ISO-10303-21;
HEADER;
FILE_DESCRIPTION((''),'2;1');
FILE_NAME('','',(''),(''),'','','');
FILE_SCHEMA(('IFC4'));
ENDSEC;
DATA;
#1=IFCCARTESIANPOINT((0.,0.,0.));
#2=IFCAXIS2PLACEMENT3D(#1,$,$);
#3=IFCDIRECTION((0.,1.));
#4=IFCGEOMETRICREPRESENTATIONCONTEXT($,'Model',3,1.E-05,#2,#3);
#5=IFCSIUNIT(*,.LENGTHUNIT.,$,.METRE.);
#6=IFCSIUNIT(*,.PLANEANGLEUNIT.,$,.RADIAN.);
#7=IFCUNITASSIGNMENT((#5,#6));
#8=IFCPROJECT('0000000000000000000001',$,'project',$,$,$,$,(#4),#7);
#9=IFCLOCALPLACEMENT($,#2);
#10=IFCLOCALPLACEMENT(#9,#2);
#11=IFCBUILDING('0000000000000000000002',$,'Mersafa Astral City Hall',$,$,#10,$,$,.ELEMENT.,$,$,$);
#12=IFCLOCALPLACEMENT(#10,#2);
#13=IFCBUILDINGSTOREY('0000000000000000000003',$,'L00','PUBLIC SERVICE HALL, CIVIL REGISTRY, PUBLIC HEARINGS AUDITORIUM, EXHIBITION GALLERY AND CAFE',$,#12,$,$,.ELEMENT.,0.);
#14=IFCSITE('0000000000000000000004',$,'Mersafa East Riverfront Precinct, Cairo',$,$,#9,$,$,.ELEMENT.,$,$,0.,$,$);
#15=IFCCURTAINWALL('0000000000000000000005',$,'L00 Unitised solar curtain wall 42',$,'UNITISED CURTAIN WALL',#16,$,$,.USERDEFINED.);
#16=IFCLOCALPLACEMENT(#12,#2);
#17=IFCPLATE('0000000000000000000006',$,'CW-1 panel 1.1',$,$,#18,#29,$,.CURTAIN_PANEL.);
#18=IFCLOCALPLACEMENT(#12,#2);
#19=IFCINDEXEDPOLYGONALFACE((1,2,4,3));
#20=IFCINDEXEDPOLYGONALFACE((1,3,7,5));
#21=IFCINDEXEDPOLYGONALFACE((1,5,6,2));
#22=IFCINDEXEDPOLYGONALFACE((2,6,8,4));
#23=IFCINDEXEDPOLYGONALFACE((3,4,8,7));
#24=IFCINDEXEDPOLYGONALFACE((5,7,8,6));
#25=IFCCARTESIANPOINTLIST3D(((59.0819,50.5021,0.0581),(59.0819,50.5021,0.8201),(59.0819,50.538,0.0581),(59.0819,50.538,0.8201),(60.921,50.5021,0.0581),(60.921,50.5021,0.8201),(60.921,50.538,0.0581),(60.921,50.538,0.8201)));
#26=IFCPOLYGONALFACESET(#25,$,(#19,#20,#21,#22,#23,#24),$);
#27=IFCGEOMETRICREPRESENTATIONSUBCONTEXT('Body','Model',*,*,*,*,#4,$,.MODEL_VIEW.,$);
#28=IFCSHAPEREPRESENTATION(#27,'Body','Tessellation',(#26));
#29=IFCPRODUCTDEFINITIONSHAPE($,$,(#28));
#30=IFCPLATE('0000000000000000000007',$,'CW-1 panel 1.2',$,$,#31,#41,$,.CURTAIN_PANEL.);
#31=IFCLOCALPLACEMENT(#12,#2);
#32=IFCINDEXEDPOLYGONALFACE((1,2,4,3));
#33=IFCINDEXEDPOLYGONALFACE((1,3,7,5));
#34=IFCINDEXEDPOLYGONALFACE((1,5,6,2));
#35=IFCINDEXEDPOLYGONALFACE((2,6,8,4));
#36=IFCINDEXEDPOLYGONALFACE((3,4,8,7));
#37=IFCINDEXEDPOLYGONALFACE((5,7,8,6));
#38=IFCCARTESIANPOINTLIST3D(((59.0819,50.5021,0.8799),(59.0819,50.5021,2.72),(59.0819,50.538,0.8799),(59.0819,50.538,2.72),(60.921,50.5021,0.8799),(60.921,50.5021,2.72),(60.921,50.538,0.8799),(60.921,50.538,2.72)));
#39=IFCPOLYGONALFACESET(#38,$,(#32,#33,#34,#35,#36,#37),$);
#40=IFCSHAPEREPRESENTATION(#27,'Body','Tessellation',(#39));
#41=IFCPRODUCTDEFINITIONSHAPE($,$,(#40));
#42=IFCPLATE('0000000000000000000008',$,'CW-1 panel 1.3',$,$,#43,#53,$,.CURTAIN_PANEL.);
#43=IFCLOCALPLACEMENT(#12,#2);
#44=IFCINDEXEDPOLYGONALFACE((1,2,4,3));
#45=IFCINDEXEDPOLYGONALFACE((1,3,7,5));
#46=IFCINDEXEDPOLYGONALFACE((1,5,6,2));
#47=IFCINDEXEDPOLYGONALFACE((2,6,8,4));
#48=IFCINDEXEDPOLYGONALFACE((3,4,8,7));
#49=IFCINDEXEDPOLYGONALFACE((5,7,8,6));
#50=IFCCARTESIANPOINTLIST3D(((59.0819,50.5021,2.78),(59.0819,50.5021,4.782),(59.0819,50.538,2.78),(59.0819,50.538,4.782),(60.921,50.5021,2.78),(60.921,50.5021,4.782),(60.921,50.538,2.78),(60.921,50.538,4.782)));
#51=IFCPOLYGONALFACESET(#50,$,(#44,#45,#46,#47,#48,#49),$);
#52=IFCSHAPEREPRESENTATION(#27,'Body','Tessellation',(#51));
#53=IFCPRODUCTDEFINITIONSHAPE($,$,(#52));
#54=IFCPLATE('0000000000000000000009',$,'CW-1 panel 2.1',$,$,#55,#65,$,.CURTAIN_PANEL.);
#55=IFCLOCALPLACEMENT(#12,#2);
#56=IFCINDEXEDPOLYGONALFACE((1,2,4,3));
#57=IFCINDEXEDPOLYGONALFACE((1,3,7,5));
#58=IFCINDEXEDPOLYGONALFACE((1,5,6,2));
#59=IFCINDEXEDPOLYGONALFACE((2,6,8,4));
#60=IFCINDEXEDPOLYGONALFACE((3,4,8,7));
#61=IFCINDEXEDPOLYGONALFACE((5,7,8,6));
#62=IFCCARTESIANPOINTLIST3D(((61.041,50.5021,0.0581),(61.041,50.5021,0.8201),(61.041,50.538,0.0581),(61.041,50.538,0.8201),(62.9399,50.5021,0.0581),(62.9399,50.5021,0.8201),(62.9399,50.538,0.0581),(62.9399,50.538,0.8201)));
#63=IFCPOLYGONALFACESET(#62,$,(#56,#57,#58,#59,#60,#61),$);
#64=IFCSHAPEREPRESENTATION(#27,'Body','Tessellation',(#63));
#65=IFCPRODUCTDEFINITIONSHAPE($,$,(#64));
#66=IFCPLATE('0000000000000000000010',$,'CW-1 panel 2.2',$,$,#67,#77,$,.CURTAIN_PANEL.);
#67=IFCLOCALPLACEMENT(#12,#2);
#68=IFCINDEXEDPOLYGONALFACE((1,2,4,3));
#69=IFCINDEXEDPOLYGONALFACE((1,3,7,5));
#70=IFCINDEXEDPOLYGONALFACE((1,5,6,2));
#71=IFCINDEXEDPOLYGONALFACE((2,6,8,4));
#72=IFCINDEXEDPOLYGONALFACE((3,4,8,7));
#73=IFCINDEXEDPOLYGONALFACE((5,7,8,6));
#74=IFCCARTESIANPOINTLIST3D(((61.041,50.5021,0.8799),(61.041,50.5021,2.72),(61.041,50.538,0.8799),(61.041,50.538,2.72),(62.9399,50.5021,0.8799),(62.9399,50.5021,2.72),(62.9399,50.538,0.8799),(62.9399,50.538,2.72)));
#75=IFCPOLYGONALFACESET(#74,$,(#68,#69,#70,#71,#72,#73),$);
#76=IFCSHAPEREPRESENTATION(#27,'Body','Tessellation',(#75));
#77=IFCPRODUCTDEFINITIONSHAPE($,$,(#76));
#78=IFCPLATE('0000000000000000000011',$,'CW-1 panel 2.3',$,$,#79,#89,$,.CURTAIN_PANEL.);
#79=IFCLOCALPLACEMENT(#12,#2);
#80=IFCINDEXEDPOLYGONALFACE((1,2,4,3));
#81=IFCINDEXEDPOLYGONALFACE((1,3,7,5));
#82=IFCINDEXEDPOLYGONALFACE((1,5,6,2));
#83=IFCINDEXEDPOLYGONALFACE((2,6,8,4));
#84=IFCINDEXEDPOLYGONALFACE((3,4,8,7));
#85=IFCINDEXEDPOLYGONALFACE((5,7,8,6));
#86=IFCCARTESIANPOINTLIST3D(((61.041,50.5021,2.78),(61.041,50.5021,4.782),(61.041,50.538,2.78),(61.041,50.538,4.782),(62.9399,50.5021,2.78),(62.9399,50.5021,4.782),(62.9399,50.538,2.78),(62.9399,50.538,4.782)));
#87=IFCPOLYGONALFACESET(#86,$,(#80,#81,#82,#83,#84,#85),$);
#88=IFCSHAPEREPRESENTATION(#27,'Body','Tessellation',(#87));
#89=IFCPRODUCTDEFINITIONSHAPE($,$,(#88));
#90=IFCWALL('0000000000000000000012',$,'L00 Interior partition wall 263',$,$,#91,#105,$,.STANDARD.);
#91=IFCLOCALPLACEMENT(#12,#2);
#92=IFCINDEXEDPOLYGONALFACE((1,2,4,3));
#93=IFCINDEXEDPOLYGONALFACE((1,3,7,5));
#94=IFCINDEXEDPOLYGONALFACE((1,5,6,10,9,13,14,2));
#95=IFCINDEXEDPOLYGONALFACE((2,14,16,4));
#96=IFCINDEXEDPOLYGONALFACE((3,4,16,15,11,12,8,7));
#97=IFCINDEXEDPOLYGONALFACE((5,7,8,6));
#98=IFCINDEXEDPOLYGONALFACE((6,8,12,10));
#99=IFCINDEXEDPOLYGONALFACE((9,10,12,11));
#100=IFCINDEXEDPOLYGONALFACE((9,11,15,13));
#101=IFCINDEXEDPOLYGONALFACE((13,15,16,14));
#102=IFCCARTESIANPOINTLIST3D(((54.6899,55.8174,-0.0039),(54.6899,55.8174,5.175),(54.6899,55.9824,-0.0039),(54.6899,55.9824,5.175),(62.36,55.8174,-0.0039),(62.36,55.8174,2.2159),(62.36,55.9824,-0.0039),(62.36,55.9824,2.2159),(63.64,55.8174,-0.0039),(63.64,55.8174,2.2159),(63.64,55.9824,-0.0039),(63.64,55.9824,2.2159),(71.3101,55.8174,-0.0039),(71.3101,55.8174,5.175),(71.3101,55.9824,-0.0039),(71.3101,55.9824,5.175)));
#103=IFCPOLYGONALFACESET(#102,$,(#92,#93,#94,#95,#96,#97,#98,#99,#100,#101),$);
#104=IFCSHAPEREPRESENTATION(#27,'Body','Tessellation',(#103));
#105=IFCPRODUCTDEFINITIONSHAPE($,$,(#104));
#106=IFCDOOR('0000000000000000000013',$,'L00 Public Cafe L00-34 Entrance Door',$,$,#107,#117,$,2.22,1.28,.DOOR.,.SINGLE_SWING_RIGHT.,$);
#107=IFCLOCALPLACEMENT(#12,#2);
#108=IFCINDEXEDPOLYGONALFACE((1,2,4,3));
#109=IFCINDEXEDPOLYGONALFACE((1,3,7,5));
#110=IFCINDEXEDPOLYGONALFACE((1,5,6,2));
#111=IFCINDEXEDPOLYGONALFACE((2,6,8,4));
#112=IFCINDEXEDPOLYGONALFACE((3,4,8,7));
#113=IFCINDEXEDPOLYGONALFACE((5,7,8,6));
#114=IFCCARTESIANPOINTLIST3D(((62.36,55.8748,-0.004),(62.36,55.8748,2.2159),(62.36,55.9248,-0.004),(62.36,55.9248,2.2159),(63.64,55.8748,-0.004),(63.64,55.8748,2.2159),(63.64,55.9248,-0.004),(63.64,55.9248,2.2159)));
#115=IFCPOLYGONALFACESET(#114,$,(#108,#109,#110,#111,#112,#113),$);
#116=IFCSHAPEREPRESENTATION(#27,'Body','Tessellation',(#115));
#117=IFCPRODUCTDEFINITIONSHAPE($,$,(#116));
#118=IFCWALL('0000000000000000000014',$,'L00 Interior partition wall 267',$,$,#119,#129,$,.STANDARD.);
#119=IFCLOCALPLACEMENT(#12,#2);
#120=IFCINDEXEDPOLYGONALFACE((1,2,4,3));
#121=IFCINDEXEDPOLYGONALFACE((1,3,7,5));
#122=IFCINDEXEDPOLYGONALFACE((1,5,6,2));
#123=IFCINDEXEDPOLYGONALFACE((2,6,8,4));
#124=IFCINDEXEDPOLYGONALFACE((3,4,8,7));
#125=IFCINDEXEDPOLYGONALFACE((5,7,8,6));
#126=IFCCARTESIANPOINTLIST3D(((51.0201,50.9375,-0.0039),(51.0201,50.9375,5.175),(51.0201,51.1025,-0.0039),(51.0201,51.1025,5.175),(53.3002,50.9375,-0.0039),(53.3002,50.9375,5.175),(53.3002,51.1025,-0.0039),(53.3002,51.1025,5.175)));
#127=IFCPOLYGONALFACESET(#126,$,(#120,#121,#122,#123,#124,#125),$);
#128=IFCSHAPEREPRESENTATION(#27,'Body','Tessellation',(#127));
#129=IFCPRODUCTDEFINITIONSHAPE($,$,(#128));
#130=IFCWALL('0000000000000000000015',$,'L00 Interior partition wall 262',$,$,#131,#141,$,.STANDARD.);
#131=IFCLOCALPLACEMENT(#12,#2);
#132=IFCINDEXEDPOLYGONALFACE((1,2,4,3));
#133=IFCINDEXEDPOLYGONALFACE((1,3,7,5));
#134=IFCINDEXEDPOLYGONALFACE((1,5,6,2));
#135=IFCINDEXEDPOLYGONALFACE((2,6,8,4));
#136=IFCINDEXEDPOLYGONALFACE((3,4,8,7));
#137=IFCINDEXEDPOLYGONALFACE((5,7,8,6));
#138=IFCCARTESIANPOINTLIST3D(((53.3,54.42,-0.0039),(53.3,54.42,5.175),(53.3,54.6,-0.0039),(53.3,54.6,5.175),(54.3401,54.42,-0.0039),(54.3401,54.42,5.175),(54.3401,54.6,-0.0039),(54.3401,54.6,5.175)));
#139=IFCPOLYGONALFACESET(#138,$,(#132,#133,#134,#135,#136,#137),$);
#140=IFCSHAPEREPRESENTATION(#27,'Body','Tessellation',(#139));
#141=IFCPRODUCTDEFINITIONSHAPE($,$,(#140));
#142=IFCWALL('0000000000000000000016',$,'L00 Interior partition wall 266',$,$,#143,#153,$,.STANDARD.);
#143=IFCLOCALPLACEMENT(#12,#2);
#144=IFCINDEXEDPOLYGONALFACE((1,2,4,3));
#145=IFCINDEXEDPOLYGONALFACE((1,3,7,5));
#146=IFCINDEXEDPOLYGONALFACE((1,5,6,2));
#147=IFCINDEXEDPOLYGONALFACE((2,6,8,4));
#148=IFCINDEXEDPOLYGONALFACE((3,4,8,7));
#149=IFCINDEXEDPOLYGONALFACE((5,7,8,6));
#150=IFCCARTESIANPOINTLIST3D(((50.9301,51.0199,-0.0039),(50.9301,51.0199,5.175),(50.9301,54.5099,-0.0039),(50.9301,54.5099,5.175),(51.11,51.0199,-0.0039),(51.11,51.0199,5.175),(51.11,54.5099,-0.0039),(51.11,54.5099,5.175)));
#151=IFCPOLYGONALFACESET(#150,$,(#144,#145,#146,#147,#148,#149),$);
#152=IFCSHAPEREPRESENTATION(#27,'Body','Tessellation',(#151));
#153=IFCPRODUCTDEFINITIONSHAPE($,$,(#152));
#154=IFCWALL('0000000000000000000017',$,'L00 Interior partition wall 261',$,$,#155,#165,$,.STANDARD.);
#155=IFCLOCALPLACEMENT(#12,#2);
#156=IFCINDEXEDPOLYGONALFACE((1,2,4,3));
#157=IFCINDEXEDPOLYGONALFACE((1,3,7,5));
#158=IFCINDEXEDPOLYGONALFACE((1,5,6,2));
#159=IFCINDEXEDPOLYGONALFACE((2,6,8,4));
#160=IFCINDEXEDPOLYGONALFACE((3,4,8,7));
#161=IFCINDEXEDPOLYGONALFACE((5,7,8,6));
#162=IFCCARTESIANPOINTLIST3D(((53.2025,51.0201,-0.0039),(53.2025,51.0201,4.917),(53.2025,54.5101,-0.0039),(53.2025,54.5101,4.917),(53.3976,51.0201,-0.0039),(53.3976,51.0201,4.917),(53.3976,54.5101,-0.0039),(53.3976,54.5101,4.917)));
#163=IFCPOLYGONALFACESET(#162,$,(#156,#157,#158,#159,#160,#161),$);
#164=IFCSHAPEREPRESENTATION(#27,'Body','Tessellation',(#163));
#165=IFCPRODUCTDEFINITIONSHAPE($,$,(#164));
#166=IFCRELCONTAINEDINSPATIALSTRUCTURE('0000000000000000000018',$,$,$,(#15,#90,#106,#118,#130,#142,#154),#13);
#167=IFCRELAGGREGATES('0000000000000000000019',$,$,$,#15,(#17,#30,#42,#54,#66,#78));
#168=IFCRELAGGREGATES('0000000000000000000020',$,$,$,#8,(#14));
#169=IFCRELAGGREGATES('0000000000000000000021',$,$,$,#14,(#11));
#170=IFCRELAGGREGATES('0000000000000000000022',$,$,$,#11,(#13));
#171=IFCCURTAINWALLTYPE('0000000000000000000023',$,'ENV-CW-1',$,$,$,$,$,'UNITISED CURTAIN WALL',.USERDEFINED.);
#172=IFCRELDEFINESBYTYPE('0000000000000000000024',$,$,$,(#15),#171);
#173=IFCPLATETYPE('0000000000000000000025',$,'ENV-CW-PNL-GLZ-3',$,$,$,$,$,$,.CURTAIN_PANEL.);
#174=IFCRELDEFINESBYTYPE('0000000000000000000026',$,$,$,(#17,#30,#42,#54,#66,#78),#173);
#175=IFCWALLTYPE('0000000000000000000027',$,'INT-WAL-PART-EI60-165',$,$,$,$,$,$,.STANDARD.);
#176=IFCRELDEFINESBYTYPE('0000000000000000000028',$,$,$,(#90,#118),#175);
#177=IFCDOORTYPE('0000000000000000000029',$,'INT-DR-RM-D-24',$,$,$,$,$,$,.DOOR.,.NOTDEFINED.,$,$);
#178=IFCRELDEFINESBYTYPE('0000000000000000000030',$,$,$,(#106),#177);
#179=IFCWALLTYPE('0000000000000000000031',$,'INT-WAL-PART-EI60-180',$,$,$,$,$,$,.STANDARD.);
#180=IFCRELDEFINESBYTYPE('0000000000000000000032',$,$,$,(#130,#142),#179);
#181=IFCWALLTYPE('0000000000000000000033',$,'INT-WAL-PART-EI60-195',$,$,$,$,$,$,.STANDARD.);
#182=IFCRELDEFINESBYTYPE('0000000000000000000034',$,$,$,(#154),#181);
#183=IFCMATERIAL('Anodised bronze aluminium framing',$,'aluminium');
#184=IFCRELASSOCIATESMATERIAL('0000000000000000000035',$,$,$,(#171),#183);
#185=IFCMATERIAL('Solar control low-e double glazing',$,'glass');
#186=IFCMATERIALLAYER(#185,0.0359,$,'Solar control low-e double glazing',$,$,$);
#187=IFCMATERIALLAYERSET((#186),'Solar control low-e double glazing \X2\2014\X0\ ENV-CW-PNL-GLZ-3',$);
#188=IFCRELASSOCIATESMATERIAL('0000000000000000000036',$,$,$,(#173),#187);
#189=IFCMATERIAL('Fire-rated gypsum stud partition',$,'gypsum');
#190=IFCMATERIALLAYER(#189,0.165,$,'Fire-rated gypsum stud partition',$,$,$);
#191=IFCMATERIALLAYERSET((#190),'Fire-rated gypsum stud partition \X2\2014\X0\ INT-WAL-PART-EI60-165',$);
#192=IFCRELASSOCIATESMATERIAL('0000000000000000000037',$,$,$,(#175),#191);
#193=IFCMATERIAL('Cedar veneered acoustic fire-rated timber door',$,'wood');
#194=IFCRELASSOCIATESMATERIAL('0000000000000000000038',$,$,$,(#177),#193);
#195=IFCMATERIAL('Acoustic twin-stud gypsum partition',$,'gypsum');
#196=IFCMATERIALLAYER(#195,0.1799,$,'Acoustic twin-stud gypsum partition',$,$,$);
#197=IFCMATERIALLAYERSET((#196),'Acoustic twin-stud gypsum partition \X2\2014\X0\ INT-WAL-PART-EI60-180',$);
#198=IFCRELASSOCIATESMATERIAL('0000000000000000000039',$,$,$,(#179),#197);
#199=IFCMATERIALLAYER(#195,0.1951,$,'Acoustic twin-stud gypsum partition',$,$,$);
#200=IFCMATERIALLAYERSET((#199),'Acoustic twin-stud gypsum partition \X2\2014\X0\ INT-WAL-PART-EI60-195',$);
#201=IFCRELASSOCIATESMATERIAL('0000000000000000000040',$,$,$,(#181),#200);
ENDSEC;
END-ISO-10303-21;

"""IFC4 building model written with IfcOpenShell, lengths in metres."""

from ifc_helpers import new_model, si_unit, direction, frame, frame_2d, origin, origin_2d, place, context, subcontext, project, spatial, rectangle, extrude, material, layer, layer_set, type_object, element, fill, aggregate, save


model = new_model("IFC4")

# Units and contexts
model_context = context("Model", 3, precision=1e-05, world=origin(), true_north=direction((0.0, 1.0)))
body_context = subcontext(model_context, "Body", "Model", "MODEL_VIEW")
ifc_project = project(units=[si_unit("LENGTHUNIT", "METRE"), si_unit("PLANEANGLEUNIT", "RADIAN")], contexts=[model_context])

# Site, building, storey
site_placement = place(None, origin())
site = spatial("IfcSite", under=ifc_project, at=site_placement, Name="Mersafa East Riverfront Precinct, Cairo", CompositionType="ELEMENT", RefElevation=0.0)
building_placement = place(site_placement, origin())
building = spatial("IfcBuilding", under=site, at=building_placement, Name="Mersafa Astral City Hall", CompositionType="ELEMENT")
storey_placement = place(building_placement, origin())
storey = spatial("IfcBuildingStorey", under=building, at=storey_placement, Name="L00", Description="PUBLIC SERVICE HALL, CIVIL REGISTRY, PUBLIC HEARINGS AUDITORIUM, EXHIBITION GALLERY AND CAFE", CompositionType="ELEMENT", Elevation=0.0)

# Curtain wall
ifc_material_1 = material(Name="Anodised bronze aluminium framing", Category="aluminium")
curtain_wall_type = type_object("IfcCurtainWallType", Name="ENV-CW-1", ElementType="UNITISED CURTAIN WALL", PredefinedType="USERDEFINED", material=ifc_material_1)
curtain_wall_placement = place(storey_placement, origin())
curtain_wall = element("IfcCurtainWall", 1, at=curtain_wall_placement, inside=storey, type_object=curtain_wall_type, Name="L00 Unitised solar curtain wall 42", ObjectType="UNITISED CURTAIN WALL", PredefinedType="USERDEFINED")

# Plates
ifc_material_2 = material(Name="Solar control low-e double glazing", Category="glass")
ifc_layer_1 = layer(ifc_material_2, 0.0359, Name="Solar control low-e double glazing")
ifc_layer_set_1 = layer_set([ifc_layer_1], Name="Solar control low-e double glazing — ENV-CW-PNL-GLZ-3")
plate_type = type_object("IfcPlateType", Name="ENV-CW-PNL-GLZ-3", PredefinedType="CURTAIN_PANEL", material=ifc_layer_set_1)
plate_1_placement = place(storey_placement, frame((60.0015, 50.52, 0.0581), z_axis=(0.0, 0.0, 1.0), x_axis=(1.0, 0.0, 0.0)))
plate_1 = element("IfcPlate", 2, at=plate_1_placement, type_object=plate_type, Name="CW-1 panel 1.1", PredefinedType="CURTAIN_PANEL", context=body_context, shape_type="SweptSolid", body=[
    extrude(rectangle(XDim=1.8391, YDim=0.0359, at=origin_2d()), origin(), (0.0, 0.0, 1.0), 0.762),
])
plate_2_placement = place(storey_placement, frame((60.0015, 50.52, 0.8799), z_axis=(0.0, 0.0, 1.0), x_axis=(1.0, 0.0, 0.0)))
plate_2 = element("IfcPlate", 3, at=plate_2_placement, type_object=plate_type, Name="CW-1 panel 1.2", PredefinedType="CURTAIN_PANEL", context=body_context, shape_type="SweptSolid", body=[
    extrude(rectangle(XDim=1.8391, YDim=0.0359, at=origin_2d()), origin(), (0.0, 0.0, 1.0), 1.8401),
])
plate_3_placement = place(storey_placement, frame((60.0015, 50.52, 2.78), z_axis=(0.0, 0.0, 1.0), x_axis=(1.0, 0.0, 0.0)))
plate_3 = element("IfcPlate", 4, at=plate_3_placement, type_object=plate_type, Name="CW-1 panel 1.3", PredefinedType="CURTAIN_PANEL", context=body_context, shape_type="SweptSolid", body=[
    extrude(rectangle(XDim=1.8391, YDim=0.0359, at=origin_2d()), origin(), (0.0, 0.0, 1.0), 2.002),
])
plate_4_placement = place(storey_placement, frame((61.9905, 50.52, 0.0581), z_axis=(0.0, 0.0, 1.0), x_axis=(1.0, 0.0, 0.0)))
plate_4 = element("IfcPlate", 5, at=plate_4_placement, type_object=plate_type, Name="CW-1 panel 2.1", PredefinedType="CURTAIN_PANEL", context=body_context, shape_type="SweptSolid", body=[
    extrude(rectangle(XDim=1.8989, YDim=0.0359, at=origin_2d()), origin(), (0.0, 0.0, 1.0), 0.762),
])
plate_5_placement = place(storey_placement, frame((61.9905, 50.52, 0.8799), z_axis=(0.0, 0.0, 1.0), x_axis=(1.0, 0.0, 0.0)))
plate_5 = element("IfcPlate", 6, at=plate_5_placement, type_object=plate_type, Name="CW-1 panel 2.2", PredefinedType="CURTAIN_PANEL", context=body_context, shape_type="SweptSolid", body=[
    extrude(rectangle(XDim=1.8989, YDim=0.0359, at=origin_2d()), origin(), (0.0, 0.0, 1.0), 1.8401),
])
plate_6_placement = place(storey_placement, frame((61.9905, 50.52, 2.78), z_axis=(0.0, 0.0, 1.0), x_axis=(1.0, 0.0, 0.0)))
plate_6 = element("IfcPlate", 7, at=plate_6_placement, type_object=plate_type, Name="CW-1 panel 2.3", PredefinedType="CURTAIN_PANEL", context=body_context, shape_type="SweptSolid", body=[
    extrude(rectangle(XDim=1.8989, YDim=0.0359, at=origin_2d()), origin(), (0.0, 0.0, 1.0), 2.002),
])
aggregate(curtain_wall, [plate_1, plate_2, plate_3, plate_4, plate_5, plate_6])

# Wall, opening, door
ifc_material_3 = material(Name="Fire-rated gypsum stud partition", Category="gypsum")
ifc_layer_2 = layer(ifc_material_3, 0.165, Name="Fire-rated gypsum stud partition")
ifc_layer_set_2 = layer_set([ifc_layer_2], Name="Fire-rated gypsum stud partition — INT-WAL-PART-EI60-165")
wall_type_1 = type_object("IfcWallType", Name="INT-WAL-PART-EI60-165", PredefinedType="STANDARD", material=ifc_layer_set_2)
wall_1_placement = place(storey_placement, frame((54.6899, 55.8999, -0.0039), z_axis=(0.0, 0.0, 1.0), x_axis=(1.0, 0.0, 0.0)))
wall_1 = element("IfcWall", 8, at=wall_1_placement, inside=storey, type_object=wall_type_1, Name="L00 Interior partition wall 263", PredefinedType="STANDARD", context=body_context, shape_type="SweptSolid", body=[
    extrude(rectangle(XDim=16.6201, YDim=0.165, at=frame_2d((8.3101, 0.0))), origin(), (0.0, 0.0, 1.0), 5.179),
])
opening_placement = place(wall_1_placement, frame((7.6699, 0.0, 0.0)))
opening = element("IfcOpeningElement", 9, at=opening_placement, cuts=wall_1, PredefinedType="OPENING", context=body_context, shape_type="SweptSolid", body=[
    extrude(rectangle(XDim=1.28, YDim=2.22, at=frame_2d((0.6401, 1.1099))), frame((0.0, 0.0925, 0.0), z_axis=(0.0, -1.0, 0.0), x_axis=(1.0, 0.0, 0.0)), (0.0, 0.0, 1.0), 0.1851),
])
ifc_material_4 = material(Name="Cedar veneered acoustic fire-rated timber door", Category="wood")
door_type = type_object("IfcDoorType", Name="INT-DR-RM-D-24", OperationType="NOTDEFINED", PredefinedType="DOOR", material=ifc_material_4)
door_placement = place(opening_placement, origin())
door = element("IfcDoor", 10, at=door_placement, inside=storey, type_object=door_type, Name="L00 Public Cafe L00-34 Entrance Door", OperationType="SINGLE_SWING_RIGHT", OverallHeight=2.22, OverallWidth=1.28, PredefinedType="DOOR", context=body_context, shape_type="SweptSolid", body=[
    extrude(rectangle(XDim=1.28, YDim=2.22, at=frame_2d((0.6401, 1.1099))), frame((0.0, 0.0249, 0.0), z_axis=(0.0, -1.0, 0.0), x_axis=(1.0, 0.0, 0.0)), (0.0, 0.0, 1.0), 0.05),
])
fill(opening, door)

# Walls
wall_2_placement = place(storey_placement, frame((51.02, 51.02, -0.0039), z_axis=(0.0, 0.0, 1.0), x_axis=(1.0, 0.0, 0.0)))
element("IfcWall", 11, at=wall_2_placement, inside=storey, type_object=wall_type_1, Name="L00 Interior partition wall 267", PredefinedType="STANDARD", context=body_context, shape_type="SweptSolid", body=[
    extrude(rectangle(XDim=2.28, YDim=0.165, at=frame_2d((1.1401, 0.0))), origin(), (0.0, 0.0, 1.0), 5.179),
])
ifc_material_5 = material(Name="Acoustic twin-stud gypsum partition", Category="gypsum")
ifc_layer_3 = layer(ifc_material_5, 0.1799, Name="Acoustic twin-stud gypsum partition")
ifc_layer_set_3 = layer_set([ifc_layer_3], Name="Acoustic twin-stud gypsum partition — INT-WAL-PART-EI60-180")
wall_type_2 = type_object("IfcWallType", Name="INT-WAL-PART-EI60-180", PredefinedType="STANDARD", material=ifc_layer_set_3)
wall_3_placement = place(storey_placement, frame((53.3, 54.51, -0.0039), z_axis=(0.0, 0.0, 1.0), x_axis=(1.0, 0.0, 0.0)))
element("IfcWall", 12, at=wall_3_placement, inside=storey, type_object=wall_type_2, Name="L00 Interior partition wall 262", PredefinedType="STANDARD", context=body_context, shape_type="SweptSolid", body=[
    extrude(rectangle(XDim=1.04, YDim=0.1799, at=frame_2d((0.52, 0.0))), origin(), (0.0, 0.0, 1.0), 5.179),
])
wall_4_placement = place(storey_placement, frame((51.02, 54.51, -0.0039), z_axis=(0.0, 0.0, 1.0), x_axis=(0.0, -1.0, 0.0)))
element("IfcWall", 13, at=wall_4_placement, inside=storey, type_object=wall_type_2, Name="L00 Interior partition wall 266", PredefinedType="STANDARD", context=body_context, shape_type="SweptSolid", body=[
    extrude(rectangle(XDim=3.49, YDim=0.1799, at=frame_2d((1.7451, 0.0))), origin(), (0.0, 0.0, 1.0), 5.179),
])
ifc_layer_4 = layer(ifc_material_5, 0.1951, Name="Acoustic twin-stud gypsum partition")
ifc_layer_set_4 = layer_set([ifc_layer_4], Name="Acoustic twin-stud gypsum partition — INT-WAL-PART-EI60-195")
wall_type_3 = type_object("IfcWallType", Name="INT-WAL-PART-EI60-195", PredefinedType="STANDARD", material=ifc_layer_set_4)
wall_5_placement = place(storey_placement, frame((53.3, 51.02, -0.0039), z_axis=(0.0, 0.0, 1.0), x_axis=(0.0, 1.0, 0.0)))
element("IfcWall", 14, at=wall_5_placement, inside=storey, type_object=wall_type_3, Name="L00 Interior partition wall 261", PredefinedType="STANDARD", context=body_context, shape_type="SweptSolid", body=[
    extrude(rectangle(XDim=3.49, YDim=0.1951, at=frame_2d((1.7451, 0.0))), origin(), (0.0, 0.0, 1.0), 4.9209),
])

save(model, "model.ifc")
